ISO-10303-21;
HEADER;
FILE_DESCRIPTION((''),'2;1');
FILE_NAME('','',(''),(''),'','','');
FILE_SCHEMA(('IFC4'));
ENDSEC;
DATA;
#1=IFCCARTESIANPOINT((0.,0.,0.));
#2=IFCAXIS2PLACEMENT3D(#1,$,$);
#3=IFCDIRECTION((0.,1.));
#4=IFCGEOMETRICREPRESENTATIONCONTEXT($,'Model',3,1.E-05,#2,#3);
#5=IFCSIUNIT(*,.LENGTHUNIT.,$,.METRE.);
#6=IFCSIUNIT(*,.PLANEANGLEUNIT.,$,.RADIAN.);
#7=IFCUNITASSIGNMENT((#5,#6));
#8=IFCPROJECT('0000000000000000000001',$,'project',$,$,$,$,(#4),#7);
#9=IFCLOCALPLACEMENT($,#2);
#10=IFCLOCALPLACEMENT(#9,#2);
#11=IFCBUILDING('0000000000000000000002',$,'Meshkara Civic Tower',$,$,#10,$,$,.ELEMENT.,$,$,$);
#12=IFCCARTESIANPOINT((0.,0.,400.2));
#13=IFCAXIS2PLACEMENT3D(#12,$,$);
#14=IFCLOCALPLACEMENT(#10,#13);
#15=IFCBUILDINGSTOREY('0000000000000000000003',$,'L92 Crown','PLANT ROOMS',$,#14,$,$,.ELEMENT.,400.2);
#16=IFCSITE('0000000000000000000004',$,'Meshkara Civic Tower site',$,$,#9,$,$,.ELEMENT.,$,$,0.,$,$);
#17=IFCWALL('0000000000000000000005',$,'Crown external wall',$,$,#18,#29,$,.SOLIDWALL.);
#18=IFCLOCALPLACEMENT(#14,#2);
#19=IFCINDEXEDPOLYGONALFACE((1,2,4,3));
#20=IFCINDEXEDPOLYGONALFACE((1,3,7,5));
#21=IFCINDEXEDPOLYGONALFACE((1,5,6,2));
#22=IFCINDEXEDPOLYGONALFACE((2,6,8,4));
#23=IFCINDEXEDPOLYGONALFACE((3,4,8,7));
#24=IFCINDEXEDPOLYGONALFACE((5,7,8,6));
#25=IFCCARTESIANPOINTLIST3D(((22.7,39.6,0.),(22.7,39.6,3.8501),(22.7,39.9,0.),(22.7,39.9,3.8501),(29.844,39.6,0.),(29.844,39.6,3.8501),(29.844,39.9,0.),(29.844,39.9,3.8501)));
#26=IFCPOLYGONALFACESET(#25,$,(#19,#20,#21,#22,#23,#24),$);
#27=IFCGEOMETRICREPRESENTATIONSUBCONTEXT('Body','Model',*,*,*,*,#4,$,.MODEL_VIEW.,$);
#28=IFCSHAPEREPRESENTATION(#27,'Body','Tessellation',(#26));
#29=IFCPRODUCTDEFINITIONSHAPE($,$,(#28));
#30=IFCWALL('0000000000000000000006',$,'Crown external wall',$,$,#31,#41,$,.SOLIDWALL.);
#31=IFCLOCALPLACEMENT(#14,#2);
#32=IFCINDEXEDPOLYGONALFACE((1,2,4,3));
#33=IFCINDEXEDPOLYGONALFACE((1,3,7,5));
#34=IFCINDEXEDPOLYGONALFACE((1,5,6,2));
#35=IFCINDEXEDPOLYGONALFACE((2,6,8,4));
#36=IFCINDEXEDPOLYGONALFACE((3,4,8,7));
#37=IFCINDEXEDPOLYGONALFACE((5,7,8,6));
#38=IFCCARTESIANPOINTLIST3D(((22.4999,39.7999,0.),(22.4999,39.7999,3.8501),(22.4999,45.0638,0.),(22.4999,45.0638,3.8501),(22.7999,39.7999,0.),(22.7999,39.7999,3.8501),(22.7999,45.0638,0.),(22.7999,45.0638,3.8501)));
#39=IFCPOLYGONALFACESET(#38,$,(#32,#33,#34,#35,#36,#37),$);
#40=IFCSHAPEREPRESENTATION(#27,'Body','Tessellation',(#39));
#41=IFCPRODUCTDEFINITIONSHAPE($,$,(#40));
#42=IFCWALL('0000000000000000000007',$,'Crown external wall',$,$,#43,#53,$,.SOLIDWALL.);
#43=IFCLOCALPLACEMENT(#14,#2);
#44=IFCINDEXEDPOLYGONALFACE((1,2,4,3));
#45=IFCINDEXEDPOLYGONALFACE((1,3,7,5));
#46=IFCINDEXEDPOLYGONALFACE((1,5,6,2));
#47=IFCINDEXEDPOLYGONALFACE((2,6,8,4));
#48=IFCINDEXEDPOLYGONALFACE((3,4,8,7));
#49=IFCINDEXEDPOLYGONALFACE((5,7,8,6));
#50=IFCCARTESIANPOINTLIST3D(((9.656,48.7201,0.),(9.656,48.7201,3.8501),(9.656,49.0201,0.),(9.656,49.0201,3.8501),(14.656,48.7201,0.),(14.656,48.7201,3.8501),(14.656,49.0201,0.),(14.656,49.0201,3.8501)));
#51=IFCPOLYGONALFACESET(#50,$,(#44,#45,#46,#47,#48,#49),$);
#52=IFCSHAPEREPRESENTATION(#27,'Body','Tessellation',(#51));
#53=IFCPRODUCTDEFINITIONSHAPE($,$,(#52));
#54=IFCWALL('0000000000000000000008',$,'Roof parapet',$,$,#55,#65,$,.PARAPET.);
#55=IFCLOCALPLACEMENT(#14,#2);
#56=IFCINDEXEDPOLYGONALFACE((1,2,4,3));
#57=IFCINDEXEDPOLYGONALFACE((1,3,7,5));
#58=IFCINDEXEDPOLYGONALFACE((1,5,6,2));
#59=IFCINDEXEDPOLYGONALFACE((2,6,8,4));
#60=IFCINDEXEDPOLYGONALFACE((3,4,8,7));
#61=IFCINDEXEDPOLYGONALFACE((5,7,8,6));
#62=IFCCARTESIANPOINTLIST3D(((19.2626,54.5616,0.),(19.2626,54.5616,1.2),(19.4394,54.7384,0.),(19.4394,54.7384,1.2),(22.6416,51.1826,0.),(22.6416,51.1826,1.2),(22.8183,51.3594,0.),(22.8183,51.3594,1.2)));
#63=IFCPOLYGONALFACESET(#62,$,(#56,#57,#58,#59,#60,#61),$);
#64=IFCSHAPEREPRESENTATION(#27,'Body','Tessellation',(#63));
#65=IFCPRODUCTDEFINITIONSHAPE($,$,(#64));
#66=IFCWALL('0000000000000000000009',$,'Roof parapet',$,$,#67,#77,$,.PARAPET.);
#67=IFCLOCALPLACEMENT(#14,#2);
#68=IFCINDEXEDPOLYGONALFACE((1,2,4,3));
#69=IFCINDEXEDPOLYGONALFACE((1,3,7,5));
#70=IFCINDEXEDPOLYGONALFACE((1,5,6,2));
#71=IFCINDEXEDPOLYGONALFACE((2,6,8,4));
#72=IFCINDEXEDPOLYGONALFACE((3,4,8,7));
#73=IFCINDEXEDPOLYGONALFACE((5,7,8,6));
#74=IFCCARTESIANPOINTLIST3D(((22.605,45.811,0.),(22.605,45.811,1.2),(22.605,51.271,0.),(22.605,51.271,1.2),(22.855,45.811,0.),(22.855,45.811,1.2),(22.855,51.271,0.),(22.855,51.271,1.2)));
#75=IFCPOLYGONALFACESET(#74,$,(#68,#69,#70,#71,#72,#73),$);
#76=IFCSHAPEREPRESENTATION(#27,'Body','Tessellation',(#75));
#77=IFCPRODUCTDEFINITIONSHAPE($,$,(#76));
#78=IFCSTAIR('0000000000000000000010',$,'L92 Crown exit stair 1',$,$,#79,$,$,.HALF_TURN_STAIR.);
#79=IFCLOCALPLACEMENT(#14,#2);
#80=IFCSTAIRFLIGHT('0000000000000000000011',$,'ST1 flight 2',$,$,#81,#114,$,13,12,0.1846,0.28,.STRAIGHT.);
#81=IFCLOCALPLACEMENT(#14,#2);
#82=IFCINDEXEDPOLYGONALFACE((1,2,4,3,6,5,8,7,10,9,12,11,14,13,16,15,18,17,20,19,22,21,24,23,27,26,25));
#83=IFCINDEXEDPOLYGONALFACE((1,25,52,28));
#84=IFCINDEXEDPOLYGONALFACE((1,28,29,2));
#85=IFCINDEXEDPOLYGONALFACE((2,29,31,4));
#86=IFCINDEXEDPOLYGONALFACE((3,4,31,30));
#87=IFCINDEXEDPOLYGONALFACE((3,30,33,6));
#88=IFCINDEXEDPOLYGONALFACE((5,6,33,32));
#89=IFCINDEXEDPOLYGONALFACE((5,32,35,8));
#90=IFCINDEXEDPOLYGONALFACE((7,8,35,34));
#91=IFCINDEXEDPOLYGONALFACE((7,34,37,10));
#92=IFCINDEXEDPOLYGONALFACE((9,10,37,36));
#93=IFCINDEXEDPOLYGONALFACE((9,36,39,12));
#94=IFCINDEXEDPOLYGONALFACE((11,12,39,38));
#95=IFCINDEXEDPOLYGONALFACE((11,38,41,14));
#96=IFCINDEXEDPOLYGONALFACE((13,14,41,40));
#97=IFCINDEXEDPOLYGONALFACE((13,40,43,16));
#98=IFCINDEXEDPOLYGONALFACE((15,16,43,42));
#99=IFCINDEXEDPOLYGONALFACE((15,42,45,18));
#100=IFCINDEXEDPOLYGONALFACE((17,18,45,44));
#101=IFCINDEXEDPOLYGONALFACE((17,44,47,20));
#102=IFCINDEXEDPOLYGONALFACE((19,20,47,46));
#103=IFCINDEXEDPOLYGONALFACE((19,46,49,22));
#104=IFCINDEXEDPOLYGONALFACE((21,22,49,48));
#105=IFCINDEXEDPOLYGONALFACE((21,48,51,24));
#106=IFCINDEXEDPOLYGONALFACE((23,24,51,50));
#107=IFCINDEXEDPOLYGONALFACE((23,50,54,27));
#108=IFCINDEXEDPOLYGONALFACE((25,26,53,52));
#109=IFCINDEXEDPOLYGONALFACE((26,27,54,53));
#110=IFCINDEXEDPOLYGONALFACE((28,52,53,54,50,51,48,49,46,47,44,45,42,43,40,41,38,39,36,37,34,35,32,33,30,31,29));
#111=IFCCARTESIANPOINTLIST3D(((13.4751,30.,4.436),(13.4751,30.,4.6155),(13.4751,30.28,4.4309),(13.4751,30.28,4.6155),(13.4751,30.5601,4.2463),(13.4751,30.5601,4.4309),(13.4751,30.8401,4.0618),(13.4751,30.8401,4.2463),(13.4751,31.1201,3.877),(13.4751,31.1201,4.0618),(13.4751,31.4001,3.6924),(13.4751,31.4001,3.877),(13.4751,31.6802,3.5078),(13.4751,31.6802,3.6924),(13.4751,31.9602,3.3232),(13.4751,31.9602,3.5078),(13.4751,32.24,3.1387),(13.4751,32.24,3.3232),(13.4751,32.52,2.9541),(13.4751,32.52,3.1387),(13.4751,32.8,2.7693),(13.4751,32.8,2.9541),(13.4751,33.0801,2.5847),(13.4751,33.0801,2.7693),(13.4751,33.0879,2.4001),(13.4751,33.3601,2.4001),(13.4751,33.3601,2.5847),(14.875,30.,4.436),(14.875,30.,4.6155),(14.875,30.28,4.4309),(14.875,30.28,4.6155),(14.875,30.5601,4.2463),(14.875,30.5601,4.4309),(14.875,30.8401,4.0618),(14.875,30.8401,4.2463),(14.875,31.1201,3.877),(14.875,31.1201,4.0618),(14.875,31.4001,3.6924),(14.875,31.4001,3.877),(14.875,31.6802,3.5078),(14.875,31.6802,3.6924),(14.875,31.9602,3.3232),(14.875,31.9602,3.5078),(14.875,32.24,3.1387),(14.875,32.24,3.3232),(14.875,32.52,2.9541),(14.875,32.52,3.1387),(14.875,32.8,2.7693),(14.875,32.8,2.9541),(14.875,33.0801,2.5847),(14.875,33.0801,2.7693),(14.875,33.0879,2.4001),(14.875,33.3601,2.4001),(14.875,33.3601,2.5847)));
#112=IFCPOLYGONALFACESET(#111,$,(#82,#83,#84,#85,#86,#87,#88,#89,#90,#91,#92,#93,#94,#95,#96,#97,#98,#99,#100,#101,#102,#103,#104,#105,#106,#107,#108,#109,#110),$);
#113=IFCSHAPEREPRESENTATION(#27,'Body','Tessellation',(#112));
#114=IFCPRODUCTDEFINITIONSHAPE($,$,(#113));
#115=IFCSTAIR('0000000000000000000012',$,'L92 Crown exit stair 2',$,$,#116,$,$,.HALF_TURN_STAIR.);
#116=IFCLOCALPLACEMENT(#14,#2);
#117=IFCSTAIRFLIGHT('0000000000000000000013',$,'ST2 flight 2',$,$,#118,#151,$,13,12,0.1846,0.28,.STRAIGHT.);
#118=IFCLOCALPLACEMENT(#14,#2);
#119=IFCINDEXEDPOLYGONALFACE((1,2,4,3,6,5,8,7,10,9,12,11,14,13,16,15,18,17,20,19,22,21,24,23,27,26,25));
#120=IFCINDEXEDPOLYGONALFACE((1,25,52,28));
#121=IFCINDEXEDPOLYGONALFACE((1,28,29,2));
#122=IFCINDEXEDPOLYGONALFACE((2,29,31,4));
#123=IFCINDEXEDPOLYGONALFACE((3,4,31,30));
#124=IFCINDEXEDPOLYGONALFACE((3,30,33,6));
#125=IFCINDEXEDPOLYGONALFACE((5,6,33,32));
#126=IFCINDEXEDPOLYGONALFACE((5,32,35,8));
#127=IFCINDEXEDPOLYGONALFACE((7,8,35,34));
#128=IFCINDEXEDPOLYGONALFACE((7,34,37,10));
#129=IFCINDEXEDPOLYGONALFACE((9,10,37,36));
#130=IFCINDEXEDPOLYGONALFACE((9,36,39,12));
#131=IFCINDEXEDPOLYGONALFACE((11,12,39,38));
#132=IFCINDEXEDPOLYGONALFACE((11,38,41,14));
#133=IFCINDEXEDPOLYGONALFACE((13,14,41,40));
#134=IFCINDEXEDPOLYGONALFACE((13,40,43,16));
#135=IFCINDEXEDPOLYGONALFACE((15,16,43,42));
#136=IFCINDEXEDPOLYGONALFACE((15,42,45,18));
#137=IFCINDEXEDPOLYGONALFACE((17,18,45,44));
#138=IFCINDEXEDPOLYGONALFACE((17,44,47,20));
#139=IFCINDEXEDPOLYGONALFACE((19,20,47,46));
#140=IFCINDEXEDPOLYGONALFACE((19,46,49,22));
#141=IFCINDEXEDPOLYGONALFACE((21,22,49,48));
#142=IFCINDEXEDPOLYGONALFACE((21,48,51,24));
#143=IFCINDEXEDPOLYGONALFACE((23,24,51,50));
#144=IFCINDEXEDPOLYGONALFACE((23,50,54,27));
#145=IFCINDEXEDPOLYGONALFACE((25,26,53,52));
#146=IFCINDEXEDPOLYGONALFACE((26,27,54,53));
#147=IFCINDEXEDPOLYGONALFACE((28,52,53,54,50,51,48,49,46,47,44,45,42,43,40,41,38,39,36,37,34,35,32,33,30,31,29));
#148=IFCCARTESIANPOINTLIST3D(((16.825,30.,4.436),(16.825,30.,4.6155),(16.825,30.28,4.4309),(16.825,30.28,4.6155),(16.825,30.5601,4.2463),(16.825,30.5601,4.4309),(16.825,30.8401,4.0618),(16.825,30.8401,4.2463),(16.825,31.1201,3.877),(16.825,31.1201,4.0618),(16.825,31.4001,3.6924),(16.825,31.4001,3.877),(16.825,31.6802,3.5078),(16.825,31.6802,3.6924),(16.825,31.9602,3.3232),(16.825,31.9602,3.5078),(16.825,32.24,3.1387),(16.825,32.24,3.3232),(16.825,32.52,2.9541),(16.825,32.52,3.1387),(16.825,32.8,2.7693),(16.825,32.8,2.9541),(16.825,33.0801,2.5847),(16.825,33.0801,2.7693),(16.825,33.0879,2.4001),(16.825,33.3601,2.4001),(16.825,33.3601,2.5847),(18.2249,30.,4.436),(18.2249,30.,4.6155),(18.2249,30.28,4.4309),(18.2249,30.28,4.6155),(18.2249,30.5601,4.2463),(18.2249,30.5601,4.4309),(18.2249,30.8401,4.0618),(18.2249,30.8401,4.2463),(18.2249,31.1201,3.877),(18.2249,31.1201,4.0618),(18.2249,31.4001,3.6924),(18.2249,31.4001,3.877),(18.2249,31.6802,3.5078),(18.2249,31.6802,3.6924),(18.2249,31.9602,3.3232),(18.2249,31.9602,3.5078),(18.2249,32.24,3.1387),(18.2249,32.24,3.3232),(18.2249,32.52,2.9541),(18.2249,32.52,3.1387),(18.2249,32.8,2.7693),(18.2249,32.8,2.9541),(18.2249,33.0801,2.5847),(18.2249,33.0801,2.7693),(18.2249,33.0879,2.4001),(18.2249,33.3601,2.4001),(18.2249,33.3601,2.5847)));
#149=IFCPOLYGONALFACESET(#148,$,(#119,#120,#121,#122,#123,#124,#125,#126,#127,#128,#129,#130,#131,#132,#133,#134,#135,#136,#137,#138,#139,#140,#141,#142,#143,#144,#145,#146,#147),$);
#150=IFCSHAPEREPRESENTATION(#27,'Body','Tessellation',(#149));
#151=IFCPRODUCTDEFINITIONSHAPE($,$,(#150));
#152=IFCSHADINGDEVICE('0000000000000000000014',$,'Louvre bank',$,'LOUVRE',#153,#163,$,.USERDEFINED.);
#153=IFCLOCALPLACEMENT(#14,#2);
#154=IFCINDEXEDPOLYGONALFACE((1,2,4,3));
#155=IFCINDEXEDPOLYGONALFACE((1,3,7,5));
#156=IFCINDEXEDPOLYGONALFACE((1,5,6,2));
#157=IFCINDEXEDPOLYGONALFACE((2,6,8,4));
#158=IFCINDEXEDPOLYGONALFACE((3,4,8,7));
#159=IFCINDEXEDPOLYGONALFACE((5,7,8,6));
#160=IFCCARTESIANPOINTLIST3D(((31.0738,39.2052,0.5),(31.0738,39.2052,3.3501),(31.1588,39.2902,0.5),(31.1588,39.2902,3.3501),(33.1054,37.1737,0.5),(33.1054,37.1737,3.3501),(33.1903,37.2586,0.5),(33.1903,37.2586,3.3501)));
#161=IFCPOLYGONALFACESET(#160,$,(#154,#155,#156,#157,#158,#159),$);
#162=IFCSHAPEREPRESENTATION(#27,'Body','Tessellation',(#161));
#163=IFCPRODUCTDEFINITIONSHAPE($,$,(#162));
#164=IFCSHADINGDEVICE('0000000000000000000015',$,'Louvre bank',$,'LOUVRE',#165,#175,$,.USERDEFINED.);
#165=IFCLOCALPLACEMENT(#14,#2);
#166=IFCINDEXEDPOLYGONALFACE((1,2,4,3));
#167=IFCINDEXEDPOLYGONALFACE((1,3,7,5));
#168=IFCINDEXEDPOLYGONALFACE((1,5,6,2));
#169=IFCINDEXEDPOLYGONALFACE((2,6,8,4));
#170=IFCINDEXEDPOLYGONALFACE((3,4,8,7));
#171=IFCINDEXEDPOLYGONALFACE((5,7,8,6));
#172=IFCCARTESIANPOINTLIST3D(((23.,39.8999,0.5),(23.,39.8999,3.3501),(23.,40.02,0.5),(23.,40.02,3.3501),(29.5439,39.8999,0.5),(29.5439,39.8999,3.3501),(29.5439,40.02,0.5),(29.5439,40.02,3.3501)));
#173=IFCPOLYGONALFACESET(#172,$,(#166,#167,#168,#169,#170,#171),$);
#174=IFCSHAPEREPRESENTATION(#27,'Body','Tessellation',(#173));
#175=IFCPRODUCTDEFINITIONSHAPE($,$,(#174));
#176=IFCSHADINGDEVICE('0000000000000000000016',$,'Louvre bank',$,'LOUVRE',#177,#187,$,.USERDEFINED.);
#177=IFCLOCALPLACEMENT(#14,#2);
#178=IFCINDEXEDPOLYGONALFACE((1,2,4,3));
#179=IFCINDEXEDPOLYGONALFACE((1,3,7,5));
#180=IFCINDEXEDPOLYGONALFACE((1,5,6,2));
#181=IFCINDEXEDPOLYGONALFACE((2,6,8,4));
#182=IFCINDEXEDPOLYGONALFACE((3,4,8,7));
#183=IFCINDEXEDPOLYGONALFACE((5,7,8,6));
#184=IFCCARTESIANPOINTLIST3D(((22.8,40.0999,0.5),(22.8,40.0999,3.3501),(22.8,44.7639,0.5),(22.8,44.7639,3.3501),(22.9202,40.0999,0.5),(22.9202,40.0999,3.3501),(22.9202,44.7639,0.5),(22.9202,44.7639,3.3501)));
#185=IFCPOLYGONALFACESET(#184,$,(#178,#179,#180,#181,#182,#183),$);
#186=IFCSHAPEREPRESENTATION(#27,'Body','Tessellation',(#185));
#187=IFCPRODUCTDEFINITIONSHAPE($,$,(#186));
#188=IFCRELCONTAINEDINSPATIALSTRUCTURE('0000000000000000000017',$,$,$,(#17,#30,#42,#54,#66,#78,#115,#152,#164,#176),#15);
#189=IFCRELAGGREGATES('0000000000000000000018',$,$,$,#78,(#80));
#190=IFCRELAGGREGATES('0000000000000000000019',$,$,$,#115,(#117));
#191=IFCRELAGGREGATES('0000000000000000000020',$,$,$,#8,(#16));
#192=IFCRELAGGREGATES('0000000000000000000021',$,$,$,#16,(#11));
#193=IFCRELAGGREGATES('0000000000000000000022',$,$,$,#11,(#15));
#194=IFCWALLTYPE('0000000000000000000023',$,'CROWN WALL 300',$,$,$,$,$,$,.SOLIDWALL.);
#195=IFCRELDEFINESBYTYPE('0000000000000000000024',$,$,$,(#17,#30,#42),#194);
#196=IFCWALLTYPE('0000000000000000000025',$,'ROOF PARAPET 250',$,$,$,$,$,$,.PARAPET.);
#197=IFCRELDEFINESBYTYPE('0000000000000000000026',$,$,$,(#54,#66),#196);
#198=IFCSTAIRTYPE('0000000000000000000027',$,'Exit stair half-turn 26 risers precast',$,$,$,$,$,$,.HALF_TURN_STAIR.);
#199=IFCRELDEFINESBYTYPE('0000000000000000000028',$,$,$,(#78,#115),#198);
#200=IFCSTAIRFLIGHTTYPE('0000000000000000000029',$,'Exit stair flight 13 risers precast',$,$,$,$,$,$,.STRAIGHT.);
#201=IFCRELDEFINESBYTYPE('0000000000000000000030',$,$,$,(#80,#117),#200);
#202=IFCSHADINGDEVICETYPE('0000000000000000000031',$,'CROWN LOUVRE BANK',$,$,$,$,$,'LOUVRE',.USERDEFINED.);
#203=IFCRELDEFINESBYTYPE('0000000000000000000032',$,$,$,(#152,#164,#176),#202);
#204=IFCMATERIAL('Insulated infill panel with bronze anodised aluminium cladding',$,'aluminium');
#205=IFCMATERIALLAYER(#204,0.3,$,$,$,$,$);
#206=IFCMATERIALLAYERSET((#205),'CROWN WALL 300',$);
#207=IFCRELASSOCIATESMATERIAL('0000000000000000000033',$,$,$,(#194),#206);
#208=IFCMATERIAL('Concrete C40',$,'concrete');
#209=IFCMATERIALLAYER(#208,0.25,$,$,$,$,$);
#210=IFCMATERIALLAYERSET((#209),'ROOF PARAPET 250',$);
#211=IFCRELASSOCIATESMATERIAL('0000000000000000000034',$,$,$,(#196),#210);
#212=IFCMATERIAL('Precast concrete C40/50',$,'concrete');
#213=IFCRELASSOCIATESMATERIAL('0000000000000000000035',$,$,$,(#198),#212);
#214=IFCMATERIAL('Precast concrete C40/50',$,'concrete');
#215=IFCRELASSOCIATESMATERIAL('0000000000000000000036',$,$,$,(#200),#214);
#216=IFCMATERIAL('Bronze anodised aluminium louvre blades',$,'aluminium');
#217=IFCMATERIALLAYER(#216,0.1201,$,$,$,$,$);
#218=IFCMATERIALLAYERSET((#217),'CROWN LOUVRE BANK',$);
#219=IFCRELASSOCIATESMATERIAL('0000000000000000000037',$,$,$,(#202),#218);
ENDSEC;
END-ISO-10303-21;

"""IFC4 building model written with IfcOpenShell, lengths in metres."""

from ifc_helpers import new_model, si_unit, direction, frame, frame_2d, origin, origin_2d, place, context, subcontext, project, spatial, polyline, rectangle, outline, extrude, material, layer, layer_set, type_object, element, aggregate, save


model = new_model("IFC4")

# Units and contexts
model_context = context("Model", 3, precision=1e-05, world=origin(), true_north=direction((0.0, 1.0)))
body_context = subcontext(model_context, "Body", "Model", "MODEL_VIEW")
ifc_project = project(units=[si_unit("LENGTHUNIT", "METRE"), si_unit("PLANEANGLEUNIT", "RADIAN")], contexts=[model_context])

# Site, building, storey
site_placement = place(None, origin())
site = spatial("IfcSite", under=ifc_project, at=site_placement, Name="Meshkara Civic Tower site", CompositionType="ELEMENT", RefElevation=0.0)
building_placement = place(site_placement, origin())
building = spatial("IfcBuilding", under=site, at=building_placement, Name="Meshkara Civic Tower", CompositionType="ELEMENT")
storey_placement = place(building_placement, frame((0.0, 0.0, 400.2)))
storey = spatial("IfcBuildingStorey", under=building, at=storey_placement, Name="L92 Crown", Description="PLANT ROOMS", CompositionType="ELEMENT", Elevation=400.2)

# Walls
ifc_material_1 = material(Name="Insulated infill panel with bronze anodised aluminium cladding", Category="aluminium")
ifc_layer_1 = layer(ifc_material_1, 0.3)
ifc_layer_set_1 = layer_set([ifc_layer_1], Name="CROWN WALL 300")
wall_type_1 = type_object("IfcWallType", Name="CROWN WALL 300", PredefinedType="SOLIDWALL", material=ifc_layer_set_1)
wall_1_placement = place(storey_placement, frame((29.844, 39.75, 0.0), z_axis=(0.0, 0.0, 1.0), x_axis=(-1.0, 0.0, 0.0)))
element("IfcWall", 1, at=wall_1_placement, inside=storey, type_object=wall_type_1, Name="Crown external wall", PredefinedType="SOLIDWALL", context=body_context, shape_type="SweptSolid", body=[
    extrude(rectangle(XDim=7.144, YDim=0.3, at=frame_2d((3.572, 0.0))), origin(), (0.0, 0.0, 1.0), 3.8501),
])
wall_2_placement = place(storey_placement, frame((22.6499, 39.8, 0.0), z_axis=(0.0, 0.0, 1.0), x_axis=(0.0, 1.0, 0.0)))
element("IfcWall", 2, at=wall_2_placement, inside=storey, type_object=wall_type_1, Name="Crown external wall", PredefinedType="SOLIDWALL", context=body_context, shape_type="SweptSolid", body=[
    extrude(rectangle(XDim=5.2639, YDim=0.3, at=frame_2d((2.6318, 0.0))), origin(), (0.0, 0.0, 1.0), 3.8501),
])

# Walls
wall_3_placement = place(storey_placement, frame((14.656, 48.8701, 0.0), z_axis=(0.0, 0.0, 1.0), x_axis=(-1.0, 0.0, 0.0)))
element("IfcWall", 3, at=wall_3_placement, inside=storey, type_object=wall_type_1, Name="Crown external wall", PredefinedType="SOLIDWALL", context=body_context, shape_type="SweptSolid", body=[
    extrude(rectangle(XDim=5.0, YDim=0.3, at=frame_2d((2.5, 0.0))), origin(), (0.0, 0.0, 1.0), 3.8501),
])
ifc_material_2 = material(Name="Concrete C40", Category="concrete")
ifc_layer_2 = layer(ifc_material_2, 0.25)
ifc_layer_set_2 = layer_set([ifc_layer_2], Name="ROOF PARAPET 250")
wall_type_2 = type_object("IfcWallType", Name="ROOF PARAPET 250", PredefinedType="PARAPET", material=ifc_layer_set_2)
wall_4_placement = place(storey_placement, frame((19.3511, 54.6499, 0.0), z_axis=(0.0, 0.0, 1.0), x_axis=(0.707107, -0.707107, 0.0)))
element("IfcWall", 4, at=wall_4_placement, inside=storey, type_object=wall_type_2, Name="Roof parapet", PredefinedType="PARAPET", context=body_context, shape_type="SweptSolid", body=[
    extrude(rectangle(XDim=4.7786, YDim=0.25, at=frame_2d((2.3892, 0.0))), origin(), (0.0, 0.0, 1.0), 1.2),
])
wall_5_placement = place(storey_placement, frame((22.73, 51.271, 0.0), z_axis=(0.0, 0.0, 1.0), x_axis=(0.0, -1.0, 0.0)))
element("IfcWall", 5, at=wall_5_placement, inside=storey, type_object=wall_type_2, Name="Roof parapet", PredefinedType="PARAPET", context=body_context, shape_type="SweptSolid", body=[
    extrude(rectangle(XDim=5.46, YDim=0.25, at=frame_2d((2.73, 0.0))), origin(), (0.0, 0.0, 1.0), 1.2),
])

# Stairs, stair flights
ifc_material_3 = material(Name="Precast concrete C40/50", Category="concrete")
stair_type = type_object("IfcStairType", Name="Exit stair half-turn 26 risers precast", PredefinedType="HALF_TURN_STAIR", material=ifc_material_3)
stair_1_placement = place(storey_placement, origin())
stair_1 = element("IfcStair", 6, at=stair_1_placement, inside=storey, type_object=stair_type, Name="L92 Crown exit stair 1", PredefinedType="HALF_TURN_STAIR")
ifc_material_4 = material(Name="Precast concrete C40/50", Category="concrete")
stair_flight_type = type_object("IfcStairFlightType", Name="Exit stair flight 13 risers precast", PredefinedType="STRAIGHT", material=ifc_material_4)
stair_flight_1_placement = place(storey_placement, frame((14.175, 33.3601, 2.4001), z_axis=(0.0, 0.0, 1.0), x_axis=(0.0, -1.0, 0.0)))
stair_flight_1 = element("IfcStairFlight", 7, at=stair_flight_1_placement, type_object=stair_flight_type, Name="ST1 flight 2", NumberOfRisers=13, NumberOfTreads=12, PredefinedType="STRAIGHT", RiserHeight=0.1846, TreadLength=0.28, context=body_context, shape_type="SweptSolid", body=[
    extrude(outline(polyline([(0.0, 0.0), (0.0, 0.1846), (0.28, 0.1846), (0.28, 0.3691), (0.5601, 0.3691), (0.5601, 0.554), (0.8401, 0.554), (0.8401, 0.7385), (1.1201, 0.7385), (1.1201, 0.9231), (1.3999, 0.9231), (1.3999, 1.1077), (1.6799, 1.1077), (1.6799, 1.2922), (1.96, 1.2922), (1.96, 1.4768), (2.24, 1.4768), (2.24, 1.6616), (2.52, 1.6616), (2.52, 1.8462), (2.8, 1.8462), (2.8, 2.0308), (3.0801, 2.0308), (3.0801, 2.2153), (3.3601, 2.2153), (3.3601, 2.3999), (3.3601, 2.0359), (0.2722, 0.0), (0.0, 0.0)])), frame((0.0, 0.7, 0.0), z_axis=(0.0, -1.0, 0.0), x_axis=(1.0, 0.0, 0.0)), (0.0, 0.0, 1.0), 1.3999),
])
aggregate(stair_1, [stair_flight_1])
stair_2_placement = place(storey_placement, origin())
stair_2 = element("IfcStair", 8, at=stair_2_placement, inside=storey, type_object=stair_type, Name="L92 Crown exit stair 2", PredefinedType="HALF_TURN_STAIR")
stair_flight_2_placement = place(storey_placement, frame((17.5249, 33.3601, 2.4001), z_axis=(0.0, 0.0, 1.0), x_axis=(0.0, -1.0, 0.0)))
stair_flight_2 = element("IfcStairFlight", 9, at=stair_flight_2_placement, type_object=stair_flight_type, Name="ST2 flight 2", NumberOfRisers=13, NumberOfTreads=12, PredefinedType="STRAIGHT", RiserHeight=0.1846, TreadLength=0.28, context=body_context, shape_type="SweptSolid", body=[
    extrude(outline(polyline([(0.0, 0.0), (0.0, 0.1846), (0.28, 0.1846), (0.28, 0.3691), (0.5601, 0.3691), (0.5601, 0.554), (0.8401, 0.554), (0.8401, 0.7385), (1.1201, 0.7385), (1.1201, 0.9231), (1.3999, 0.9231), (1.3999, 1.1077), (1.6799, 1.1077), (1.6799, 1.2922), (1.96, 1.2922), (1.96, 1.4768), (2.24, 1.4768), (2.24, 1.6616), (2.52, 1.6616), (2.52, 1.8462), (2.8, 1.8462), (2.8, 2.0308), (3.0801, 2.0308), (3.0801, 2.2153), (3.3601, 2.2153), (3.3601, 2.3999), (3.3601, 2.0359), (0.2722, 0.0), (0.0, 0.0)])), frame((0.0, 0.7, 0.0), z_axis=(0.0, -1.0, 0.0), x_axis=(1.0, 0.0, 0.0)), (0.0, 0.0, 1.0), 1.3999),
])
aggregate(stair_2, [stair_flight_2])

# Shading devices
ifc_material_5 = material(Name="Bronze anodised aluminium louvre blades", Category="aluminium")
ifc_layer_3 = layer(ifc_material_5, 0.1201)
ifc_layer_set_3 = layer_set([ifc_layer_3], Name="CROWN LOUVRE BANK")
shading_device_type = type_object("IfcShadingDeviceType", Name="CROWN LOUVRE BANK", ElementType="LOUVRE", PredefinedType="USERDEFINED", material=ifc_layer_set_3)
shading_device_1_placement = place(storey_placement, frame((32.1321, 38.2319, 0.5), z_axis=(0.0, 0.0, 1.0), x_axis=(-0.707107, 0.707107, 0.0)))
element("IfcShadingDevice", 10, at=shading_device_1_placement, inside=storey, type_object=shading_device_type, Name="Louvre bank", ObjectType="LOUVRE", PredefinedType="USERDEFINED", context=body_context, shape_type="SweptSolid", body=[
    extrude(rectangle(XDim=2.873, YDim=0.1201, at=origin_2d()), origin(), (0.0, 0.0, 1.0), 2.8501),
])
shading_device_2_placement = place(storey_placement, frame((26.272, 39.96, 0.5), z_axis=(0.0, 0.0, 1.0), x_axis=(-1.0, 0.0, 0.0)))
element("IfcShadingDevice", 11, at=shading_device_2_placement, inside=storey, type_object=shading_device_type, Name="Louvre bank", ObjectType="LOUVRE", PredefinedType="USERDEFINED", context=body_context, shape_type="SweptSolid", body=[
    extrude(rectangle(XDim=6.5439, YDim=0.1201, at=origin_2d()), origin(), (0.0, 0.0, 1.0), 2.8501),
])
shading_device_3_placement = place(storey_placement, frame((22.8601, 42.4319, 0.5), z_axis=(0.0, 0.0, 1.0), x_axis=(0.0, 1.0, 0.0)))
element("IfcShadingDevice", 12, at=shading_device_3_placement, inside=storey, type_object=shading_device_type, Name="Louvre bank", ObjectType="LOUVRE", PredefinedType="USERDEFINED", context=body_context, shape_type="SweptSolid", body=[
    extrude(rectangle(XDim=4.6641, YDim=0.1201, at=origin_2d()), origin(), (0.0, 0.0, 1.0), 2.8501),
])

save(model, "model.ifc")
